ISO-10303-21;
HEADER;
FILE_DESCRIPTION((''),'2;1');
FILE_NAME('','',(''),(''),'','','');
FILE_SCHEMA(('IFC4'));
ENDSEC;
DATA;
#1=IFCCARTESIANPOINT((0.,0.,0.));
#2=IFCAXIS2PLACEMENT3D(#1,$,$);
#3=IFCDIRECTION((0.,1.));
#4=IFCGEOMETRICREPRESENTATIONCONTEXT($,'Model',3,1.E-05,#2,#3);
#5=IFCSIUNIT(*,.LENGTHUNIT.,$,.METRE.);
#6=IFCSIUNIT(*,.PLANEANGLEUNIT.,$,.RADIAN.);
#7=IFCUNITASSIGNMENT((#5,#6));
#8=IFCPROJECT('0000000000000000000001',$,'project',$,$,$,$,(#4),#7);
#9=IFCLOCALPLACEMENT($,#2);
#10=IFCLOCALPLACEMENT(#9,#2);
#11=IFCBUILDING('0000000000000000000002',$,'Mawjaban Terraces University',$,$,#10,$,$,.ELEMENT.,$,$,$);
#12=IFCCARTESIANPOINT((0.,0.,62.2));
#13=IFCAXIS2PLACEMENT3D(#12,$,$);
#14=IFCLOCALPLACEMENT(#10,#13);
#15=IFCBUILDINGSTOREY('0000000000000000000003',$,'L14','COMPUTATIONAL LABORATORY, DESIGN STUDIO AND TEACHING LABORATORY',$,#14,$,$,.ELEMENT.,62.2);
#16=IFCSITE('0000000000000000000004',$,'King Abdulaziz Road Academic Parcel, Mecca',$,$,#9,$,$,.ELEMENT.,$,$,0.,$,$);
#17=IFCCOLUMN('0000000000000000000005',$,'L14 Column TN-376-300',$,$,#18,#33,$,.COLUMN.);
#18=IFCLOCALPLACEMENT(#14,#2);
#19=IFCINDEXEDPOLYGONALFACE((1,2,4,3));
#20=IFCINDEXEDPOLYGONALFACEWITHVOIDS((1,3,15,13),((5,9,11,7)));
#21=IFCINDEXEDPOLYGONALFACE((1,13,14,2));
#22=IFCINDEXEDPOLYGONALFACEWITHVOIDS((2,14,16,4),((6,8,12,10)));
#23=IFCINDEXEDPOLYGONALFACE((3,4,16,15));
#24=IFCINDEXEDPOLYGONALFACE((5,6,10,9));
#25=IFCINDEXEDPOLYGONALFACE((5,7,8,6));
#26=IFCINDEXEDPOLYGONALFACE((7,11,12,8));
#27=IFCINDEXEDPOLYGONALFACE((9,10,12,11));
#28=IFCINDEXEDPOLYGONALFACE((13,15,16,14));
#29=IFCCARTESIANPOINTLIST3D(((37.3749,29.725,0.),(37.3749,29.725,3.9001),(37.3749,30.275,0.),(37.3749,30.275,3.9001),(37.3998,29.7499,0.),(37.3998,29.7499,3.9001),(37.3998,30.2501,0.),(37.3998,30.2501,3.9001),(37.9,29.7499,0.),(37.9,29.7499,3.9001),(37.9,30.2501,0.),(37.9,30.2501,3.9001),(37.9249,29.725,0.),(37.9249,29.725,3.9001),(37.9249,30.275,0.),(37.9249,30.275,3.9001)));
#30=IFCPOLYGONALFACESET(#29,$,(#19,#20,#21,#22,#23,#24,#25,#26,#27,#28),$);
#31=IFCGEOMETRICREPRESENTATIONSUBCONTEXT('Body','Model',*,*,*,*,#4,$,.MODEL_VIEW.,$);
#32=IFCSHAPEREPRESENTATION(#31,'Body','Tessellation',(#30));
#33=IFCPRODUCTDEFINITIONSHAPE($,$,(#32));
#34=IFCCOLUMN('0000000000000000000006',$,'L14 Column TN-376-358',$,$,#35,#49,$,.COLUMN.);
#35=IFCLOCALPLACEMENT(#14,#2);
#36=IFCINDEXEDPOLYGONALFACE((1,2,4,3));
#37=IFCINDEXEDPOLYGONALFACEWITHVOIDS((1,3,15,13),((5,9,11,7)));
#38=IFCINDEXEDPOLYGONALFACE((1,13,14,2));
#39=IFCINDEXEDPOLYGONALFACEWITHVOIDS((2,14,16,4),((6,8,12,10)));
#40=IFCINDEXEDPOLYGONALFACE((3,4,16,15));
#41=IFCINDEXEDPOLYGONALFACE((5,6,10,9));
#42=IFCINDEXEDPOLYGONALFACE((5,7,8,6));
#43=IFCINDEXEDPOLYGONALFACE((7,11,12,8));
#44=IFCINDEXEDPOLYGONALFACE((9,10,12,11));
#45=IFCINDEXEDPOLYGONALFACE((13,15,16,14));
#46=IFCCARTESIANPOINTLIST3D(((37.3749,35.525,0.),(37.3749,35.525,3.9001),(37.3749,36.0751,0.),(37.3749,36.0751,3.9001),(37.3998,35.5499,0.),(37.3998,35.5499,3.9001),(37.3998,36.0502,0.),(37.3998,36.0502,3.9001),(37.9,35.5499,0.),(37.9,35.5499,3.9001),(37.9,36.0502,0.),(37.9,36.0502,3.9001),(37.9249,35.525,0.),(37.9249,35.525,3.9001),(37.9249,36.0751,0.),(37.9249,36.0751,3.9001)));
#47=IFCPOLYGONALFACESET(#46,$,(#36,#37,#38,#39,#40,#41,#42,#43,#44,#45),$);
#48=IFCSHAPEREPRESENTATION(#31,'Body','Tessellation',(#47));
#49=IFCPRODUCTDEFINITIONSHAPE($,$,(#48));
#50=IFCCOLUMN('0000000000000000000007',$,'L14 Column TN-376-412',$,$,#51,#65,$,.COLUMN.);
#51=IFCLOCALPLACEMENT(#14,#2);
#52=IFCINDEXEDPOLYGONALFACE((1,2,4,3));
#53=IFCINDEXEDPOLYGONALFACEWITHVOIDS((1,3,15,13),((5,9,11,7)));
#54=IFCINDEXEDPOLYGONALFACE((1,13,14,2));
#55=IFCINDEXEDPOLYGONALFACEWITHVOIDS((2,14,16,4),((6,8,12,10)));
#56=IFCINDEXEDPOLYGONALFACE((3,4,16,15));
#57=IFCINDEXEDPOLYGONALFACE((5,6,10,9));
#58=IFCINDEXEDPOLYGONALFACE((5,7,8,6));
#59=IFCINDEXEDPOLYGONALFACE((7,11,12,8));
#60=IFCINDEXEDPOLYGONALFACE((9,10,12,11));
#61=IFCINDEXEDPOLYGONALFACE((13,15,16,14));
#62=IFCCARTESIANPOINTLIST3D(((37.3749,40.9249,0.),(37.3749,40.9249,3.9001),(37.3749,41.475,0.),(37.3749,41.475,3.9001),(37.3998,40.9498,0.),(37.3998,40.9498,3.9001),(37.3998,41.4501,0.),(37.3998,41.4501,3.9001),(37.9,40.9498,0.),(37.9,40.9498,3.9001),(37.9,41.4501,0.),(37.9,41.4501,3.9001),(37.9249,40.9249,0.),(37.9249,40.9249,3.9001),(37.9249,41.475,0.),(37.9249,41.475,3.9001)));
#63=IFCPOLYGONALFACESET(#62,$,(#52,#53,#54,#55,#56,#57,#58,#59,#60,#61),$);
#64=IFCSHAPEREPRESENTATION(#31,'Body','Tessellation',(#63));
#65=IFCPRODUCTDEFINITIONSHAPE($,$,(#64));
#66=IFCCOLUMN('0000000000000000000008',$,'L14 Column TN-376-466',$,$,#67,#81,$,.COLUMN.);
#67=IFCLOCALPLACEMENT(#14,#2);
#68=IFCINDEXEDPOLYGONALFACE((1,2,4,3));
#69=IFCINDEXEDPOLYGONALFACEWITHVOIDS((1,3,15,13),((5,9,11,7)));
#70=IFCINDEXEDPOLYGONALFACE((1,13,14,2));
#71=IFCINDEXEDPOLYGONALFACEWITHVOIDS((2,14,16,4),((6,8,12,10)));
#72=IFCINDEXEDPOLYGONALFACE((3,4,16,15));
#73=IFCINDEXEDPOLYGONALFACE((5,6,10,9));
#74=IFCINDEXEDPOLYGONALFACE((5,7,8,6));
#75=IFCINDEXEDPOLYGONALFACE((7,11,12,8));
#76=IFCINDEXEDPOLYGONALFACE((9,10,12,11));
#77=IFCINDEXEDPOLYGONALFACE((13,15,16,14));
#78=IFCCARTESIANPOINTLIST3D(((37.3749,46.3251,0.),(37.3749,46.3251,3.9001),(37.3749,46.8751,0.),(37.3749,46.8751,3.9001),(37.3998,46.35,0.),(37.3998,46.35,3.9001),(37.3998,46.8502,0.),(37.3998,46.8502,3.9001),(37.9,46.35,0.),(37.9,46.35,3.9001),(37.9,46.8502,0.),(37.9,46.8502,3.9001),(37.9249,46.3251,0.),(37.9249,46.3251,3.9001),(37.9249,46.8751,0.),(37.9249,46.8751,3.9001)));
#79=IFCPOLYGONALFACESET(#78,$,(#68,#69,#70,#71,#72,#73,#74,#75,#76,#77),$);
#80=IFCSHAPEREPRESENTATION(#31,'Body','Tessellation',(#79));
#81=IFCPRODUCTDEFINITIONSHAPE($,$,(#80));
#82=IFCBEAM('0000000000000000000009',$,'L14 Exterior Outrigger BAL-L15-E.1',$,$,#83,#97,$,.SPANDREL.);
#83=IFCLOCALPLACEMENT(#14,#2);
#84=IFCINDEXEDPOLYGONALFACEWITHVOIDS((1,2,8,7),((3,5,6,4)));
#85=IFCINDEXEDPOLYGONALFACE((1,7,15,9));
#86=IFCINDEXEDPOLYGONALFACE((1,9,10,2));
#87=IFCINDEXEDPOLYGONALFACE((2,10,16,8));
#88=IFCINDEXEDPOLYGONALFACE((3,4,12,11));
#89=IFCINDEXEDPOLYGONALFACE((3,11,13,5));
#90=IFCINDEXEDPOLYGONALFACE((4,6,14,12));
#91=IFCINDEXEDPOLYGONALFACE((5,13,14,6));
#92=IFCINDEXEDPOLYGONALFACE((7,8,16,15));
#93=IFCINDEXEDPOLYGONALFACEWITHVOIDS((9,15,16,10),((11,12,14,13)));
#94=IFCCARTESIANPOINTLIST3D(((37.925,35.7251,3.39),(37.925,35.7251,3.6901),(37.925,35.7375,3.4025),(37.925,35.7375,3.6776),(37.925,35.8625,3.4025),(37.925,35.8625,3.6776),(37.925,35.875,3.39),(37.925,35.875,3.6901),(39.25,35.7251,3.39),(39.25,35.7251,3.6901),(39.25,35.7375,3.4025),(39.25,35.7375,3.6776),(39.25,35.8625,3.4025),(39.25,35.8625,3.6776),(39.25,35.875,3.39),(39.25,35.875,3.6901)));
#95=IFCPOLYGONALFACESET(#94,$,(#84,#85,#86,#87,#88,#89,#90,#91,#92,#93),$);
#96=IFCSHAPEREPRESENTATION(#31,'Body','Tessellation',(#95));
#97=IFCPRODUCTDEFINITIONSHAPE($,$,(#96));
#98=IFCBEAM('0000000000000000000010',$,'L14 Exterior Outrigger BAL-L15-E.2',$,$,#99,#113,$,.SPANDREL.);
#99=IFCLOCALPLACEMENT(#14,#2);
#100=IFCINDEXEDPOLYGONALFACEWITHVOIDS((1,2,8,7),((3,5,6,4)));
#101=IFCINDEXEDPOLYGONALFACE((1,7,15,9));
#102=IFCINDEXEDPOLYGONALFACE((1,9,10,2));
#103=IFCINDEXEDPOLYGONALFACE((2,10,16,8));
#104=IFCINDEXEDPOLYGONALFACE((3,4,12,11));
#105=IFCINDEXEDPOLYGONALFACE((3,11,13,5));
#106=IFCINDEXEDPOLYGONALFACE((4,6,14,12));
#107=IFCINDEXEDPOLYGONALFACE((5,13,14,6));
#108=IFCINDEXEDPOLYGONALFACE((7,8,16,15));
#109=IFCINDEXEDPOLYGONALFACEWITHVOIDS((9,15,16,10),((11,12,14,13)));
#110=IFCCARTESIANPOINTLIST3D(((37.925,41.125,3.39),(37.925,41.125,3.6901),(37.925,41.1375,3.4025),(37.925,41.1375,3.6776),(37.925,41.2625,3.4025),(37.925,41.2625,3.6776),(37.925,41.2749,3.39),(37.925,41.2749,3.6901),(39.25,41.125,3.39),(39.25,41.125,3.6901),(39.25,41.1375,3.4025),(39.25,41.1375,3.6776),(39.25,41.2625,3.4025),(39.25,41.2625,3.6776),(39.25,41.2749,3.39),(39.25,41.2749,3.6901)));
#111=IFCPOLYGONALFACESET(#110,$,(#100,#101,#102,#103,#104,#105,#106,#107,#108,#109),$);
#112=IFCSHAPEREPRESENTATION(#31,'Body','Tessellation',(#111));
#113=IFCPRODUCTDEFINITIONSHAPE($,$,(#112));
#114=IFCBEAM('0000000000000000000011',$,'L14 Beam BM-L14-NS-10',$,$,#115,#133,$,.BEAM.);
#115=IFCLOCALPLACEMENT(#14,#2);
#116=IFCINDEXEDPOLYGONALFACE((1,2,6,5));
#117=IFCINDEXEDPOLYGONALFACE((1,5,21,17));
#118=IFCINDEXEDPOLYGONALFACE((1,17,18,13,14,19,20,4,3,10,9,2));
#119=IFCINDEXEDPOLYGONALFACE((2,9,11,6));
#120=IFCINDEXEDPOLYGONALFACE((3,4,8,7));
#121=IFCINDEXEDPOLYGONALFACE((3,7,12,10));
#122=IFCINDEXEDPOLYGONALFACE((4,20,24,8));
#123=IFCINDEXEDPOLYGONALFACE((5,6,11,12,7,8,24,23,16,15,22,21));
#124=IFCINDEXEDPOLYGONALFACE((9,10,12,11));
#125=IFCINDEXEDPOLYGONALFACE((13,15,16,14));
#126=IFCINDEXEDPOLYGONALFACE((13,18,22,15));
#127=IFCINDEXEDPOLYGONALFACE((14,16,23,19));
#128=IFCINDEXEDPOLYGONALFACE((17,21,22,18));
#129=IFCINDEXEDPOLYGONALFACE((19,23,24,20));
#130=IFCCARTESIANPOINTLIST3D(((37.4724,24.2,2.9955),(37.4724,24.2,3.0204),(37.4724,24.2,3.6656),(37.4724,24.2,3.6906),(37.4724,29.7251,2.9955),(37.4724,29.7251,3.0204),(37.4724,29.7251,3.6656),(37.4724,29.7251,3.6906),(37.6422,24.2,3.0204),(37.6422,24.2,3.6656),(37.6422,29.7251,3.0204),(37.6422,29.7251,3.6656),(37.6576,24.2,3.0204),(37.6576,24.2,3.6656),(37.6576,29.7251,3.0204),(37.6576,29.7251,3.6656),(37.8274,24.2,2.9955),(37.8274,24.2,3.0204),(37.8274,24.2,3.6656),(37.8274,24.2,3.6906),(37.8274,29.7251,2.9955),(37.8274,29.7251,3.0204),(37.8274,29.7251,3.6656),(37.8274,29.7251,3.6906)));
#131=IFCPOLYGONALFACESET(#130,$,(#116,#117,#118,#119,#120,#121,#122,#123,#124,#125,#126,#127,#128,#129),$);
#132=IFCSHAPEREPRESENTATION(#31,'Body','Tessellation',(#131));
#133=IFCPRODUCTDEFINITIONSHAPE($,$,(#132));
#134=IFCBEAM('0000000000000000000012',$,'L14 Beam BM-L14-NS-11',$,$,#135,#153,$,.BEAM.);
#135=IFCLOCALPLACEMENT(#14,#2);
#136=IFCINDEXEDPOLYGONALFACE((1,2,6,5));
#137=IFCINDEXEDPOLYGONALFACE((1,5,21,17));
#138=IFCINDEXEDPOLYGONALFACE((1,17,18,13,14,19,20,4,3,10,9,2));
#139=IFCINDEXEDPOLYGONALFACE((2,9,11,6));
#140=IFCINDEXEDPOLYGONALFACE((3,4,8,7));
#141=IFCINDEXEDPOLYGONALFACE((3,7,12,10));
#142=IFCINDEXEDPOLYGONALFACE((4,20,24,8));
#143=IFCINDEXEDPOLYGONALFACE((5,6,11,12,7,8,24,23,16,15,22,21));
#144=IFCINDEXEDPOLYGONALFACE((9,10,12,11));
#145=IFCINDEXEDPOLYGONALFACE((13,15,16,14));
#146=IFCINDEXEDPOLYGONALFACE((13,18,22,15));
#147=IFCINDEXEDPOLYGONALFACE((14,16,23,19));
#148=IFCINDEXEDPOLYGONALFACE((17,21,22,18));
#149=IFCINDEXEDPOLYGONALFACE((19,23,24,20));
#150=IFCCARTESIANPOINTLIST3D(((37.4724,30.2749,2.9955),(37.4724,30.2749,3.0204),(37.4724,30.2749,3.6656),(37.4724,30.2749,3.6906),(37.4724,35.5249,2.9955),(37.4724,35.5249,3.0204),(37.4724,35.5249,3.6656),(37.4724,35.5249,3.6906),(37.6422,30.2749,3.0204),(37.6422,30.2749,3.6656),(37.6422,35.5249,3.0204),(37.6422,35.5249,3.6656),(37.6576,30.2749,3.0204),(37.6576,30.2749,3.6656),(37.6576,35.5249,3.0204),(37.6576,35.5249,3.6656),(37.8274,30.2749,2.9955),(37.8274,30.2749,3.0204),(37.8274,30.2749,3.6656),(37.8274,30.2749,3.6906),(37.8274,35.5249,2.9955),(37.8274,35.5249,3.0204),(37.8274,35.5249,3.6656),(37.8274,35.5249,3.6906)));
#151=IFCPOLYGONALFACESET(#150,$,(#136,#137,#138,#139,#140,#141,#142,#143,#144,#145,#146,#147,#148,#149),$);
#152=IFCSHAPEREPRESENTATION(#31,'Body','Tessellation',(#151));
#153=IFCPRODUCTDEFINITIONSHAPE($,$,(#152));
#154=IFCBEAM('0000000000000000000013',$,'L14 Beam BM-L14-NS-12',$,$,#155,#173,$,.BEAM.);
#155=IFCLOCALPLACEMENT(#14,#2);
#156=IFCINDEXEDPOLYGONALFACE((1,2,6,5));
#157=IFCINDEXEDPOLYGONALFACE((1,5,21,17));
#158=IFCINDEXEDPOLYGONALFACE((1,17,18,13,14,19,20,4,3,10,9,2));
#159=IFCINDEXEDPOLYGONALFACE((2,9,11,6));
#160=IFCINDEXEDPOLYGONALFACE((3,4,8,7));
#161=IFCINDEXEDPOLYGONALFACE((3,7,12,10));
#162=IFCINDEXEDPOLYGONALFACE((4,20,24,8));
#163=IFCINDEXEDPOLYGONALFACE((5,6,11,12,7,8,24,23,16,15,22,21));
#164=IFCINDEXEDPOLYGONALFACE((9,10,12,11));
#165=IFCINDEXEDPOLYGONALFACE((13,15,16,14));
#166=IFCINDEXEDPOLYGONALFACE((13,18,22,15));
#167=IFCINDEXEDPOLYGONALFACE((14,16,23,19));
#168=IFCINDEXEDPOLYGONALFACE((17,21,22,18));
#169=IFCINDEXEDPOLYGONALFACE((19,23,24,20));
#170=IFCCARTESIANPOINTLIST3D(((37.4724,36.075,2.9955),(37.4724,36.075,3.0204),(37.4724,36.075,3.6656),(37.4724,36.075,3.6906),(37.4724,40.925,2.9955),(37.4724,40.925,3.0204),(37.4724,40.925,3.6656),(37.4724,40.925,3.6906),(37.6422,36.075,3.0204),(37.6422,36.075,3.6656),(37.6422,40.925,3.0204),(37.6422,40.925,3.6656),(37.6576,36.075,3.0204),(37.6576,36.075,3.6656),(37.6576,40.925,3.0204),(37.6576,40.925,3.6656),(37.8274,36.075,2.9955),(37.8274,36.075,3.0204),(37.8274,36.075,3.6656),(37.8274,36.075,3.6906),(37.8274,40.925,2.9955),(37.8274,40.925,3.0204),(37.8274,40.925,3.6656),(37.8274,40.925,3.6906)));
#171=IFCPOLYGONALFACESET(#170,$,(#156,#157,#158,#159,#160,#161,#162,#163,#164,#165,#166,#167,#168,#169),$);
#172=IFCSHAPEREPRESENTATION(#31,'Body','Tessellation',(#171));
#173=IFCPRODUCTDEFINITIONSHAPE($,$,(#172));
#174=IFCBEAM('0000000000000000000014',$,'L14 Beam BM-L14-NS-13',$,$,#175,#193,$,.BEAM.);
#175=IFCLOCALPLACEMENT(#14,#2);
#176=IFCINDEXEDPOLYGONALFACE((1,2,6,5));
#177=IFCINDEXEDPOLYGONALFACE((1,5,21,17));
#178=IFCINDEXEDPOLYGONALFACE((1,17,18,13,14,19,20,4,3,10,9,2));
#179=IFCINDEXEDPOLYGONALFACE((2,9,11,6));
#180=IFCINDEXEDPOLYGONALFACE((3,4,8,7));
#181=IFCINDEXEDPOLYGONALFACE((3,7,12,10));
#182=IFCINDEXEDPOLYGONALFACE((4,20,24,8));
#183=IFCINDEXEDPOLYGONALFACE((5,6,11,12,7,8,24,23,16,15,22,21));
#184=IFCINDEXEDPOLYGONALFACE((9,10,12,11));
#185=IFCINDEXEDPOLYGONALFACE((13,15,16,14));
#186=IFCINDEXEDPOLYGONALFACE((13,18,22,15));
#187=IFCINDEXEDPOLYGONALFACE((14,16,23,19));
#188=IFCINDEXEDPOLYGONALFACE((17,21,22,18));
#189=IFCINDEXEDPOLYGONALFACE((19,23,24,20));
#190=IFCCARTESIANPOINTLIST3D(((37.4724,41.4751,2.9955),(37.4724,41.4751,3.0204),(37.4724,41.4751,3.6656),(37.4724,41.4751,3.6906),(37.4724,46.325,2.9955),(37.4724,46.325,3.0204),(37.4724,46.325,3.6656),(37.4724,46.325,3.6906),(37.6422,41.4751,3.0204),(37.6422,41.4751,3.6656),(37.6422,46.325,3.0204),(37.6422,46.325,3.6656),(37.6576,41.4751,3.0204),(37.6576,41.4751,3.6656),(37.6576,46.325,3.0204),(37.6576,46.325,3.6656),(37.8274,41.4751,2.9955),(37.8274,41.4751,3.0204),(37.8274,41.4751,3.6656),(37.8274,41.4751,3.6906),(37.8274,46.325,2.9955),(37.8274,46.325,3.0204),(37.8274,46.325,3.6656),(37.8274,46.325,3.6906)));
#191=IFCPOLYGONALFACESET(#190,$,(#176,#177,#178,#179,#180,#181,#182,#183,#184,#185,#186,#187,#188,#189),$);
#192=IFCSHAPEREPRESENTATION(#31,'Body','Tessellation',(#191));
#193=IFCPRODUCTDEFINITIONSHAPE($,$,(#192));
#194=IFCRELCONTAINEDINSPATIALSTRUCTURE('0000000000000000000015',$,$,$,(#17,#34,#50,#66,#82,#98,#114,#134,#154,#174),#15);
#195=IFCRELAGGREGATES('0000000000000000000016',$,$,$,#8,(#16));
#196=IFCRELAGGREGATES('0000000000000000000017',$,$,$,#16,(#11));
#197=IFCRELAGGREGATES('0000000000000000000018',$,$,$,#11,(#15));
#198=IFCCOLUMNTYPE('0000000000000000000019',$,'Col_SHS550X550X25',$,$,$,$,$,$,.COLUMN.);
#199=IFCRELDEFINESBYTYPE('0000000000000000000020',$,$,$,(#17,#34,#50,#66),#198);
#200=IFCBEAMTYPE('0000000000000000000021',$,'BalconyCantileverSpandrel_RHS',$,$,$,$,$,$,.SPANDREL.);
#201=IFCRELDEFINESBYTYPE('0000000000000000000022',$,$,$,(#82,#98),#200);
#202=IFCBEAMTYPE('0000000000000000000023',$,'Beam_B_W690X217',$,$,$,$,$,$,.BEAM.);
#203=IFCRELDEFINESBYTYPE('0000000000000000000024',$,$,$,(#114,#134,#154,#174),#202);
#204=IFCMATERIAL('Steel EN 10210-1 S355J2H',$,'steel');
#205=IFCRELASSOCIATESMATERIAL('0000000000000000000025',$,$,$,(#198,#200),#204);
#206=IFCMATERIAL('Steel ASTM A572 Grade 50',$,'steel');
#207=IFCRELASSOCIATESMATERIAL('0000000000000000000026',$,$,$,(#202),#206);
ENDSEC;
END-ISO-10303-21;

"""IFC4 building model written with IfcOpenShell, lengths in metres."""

from ifc_helpers import new_model, si_unit, direction, frame, origin, origin_2d, place, context, subcontext, project, spatial, hollow_rectangle, i_section, extrude, material, material_profile, profile_set, type_object, element, save


model = new_model("IFC4")

# Units and contexts
model_context = context("Model", 3, precision=1e-05, world=origin(), true_north=direction((0.0, 1.0)))
body_context = subcontext(model_context, "Body", "Model", "MODEL_VIEW")
ifc_project = project(units=[si_unit("LENGTHUNIT", "METRE"), si_unit("PLANEANGLEUNIT", "RADIAN")], contexts=[model_context])

# Site, building, storey
site_placement = place(None, origin())
site = spatial("IfcSite", under=ifc_project, at=site_placement, Name="King Abdulaziz Road Academic Parcel, Mecca", CompositionType="ELEMENT", RefElevation=0.0)
building_placement = place(site_placement, origin())
building = spatial("IfcBuilding", under=site, at=building_placement, Name="Mawjaban Terraces University", CompositionType="ELEMENT")
storey_placement = place(building_placement, frame((0.0, 0.0, 62.2)))
storey = spatial("IfcBuildingStorey", under=building, at=storey_placement, Name="L14", Description="COMPUTATIONAL LABORATORY, DESIGN STUDIO AND TEACHING LABORATORY", CompositionType="ELEMENT", Elevation=62.2)

# Columns
ifc_material_1 = material(Name="Steel EN 10210-1 S355J2H", Category="steel")
ifc_material_profile_1 = material_profile(ifc_material_1, hollow_rectangle(XDim=0.55, YDim=0.55, WallThickness=0.0249, at=origin_2d()), Name="SHS550X550X25")
ifc_profile_set_1 = profile_set([ifc_material_profile_1], Name="Steel EN 10210-1 S355J2H")
column_type = type_object("IfcColumnType", Name="Col_SHS550X550X25", PredefinedType="COLUMN", material=ifc_profile_set_1)
for number, where, z_axis, x_axis, name in (
    (1, (37.6499, 30.0, 0.0), (0.0, 0.0, 1.0), (1.0, 0.0, 0.0), "L14 Column TN-376-300"),
    (2, (37.6499, 35.8, 0.0), (0.0, 0.0, 1.0), (1.0, 0.0, 0.0), "L14 Column TN-376-358"),
    (3, (37.6499, 41.2, 0.0), (0.0, 0.0, 1.0), (1.0, 0.0, 0.0), "L14 Column TN-376-412"),
    (4, (37.6499, 46.6001, 0.0), (0.0, 0.0, 1.0), (1.0, 0.0, 0.0), "L14 Column TN-376-466"),
):
    element("IfcColumn", number, at=place(storey_placement, frame(where, z_axis=z_axis, x_axis=x_axis)), inside=storey, type_object=column_type, Name=name, PredefinedType="COLUMN", context=body_context, shape_type="SweptSolid", body=[
        extrude(hollow_rectangle(XDim=0.55, YDim=0.55, WallThickness=0.0249, at=origin_2d()), origin(), (0.0, 0.0, 1.0), 3.9001),
    ])

# Beams
ifc_material_profile_2 = material_profile(ifc_material_1, hollow_rectangle(XDim=0.1499, YDim=0.3, WallThickness=0.0125, at=origin_2d()), Name="RHS300X150X12.5")
ifc_profile_set_2 = profile_set([ifc_material_profile_2], Name="Steel EN 10210-1 S355J2H")
beam_type_1 = type_object("IfcBeamType", Name="BalconyCantileverSpandrel_RHS", PredefinedType="SPANDREL", material=ifc_profile_set_2)
for number, where, z_axis, x_axis, name in (
    (5, (37.925, 35.8, 3.54), (1.0, 0.0, 0.0), (0.0, 1.0, 0.0), "L14 Exterior Outrigger BAL-L15-E.1"),
    (6, (37.925, 41.2, 3.54), (1.0, 0.0, 0.0), (0.0, 1.0, 0.0), "L14 Exterior Outrigger BAL-L15-E.2"),
):
    element("IfcBeam", number, at=place(storey_placement, frame(where, z_axis=z_axis, x_axis=x_axis)), inside=storey, type_object=beam_type_1, Name=name, PredefinedType="SPANDREL", context=body_context, shape_type="SweptSolid", body=[
        extrude(hollow_rectangle(XDim=0.1499, YDim=0.3, WallThickness=0.0125, at=origin_2d()), origin(), (0.0, 0.0, 1.0), 1.325),
    ])
ifc_material_2 = material(Name="Steel ASTM A572 Grade 50", Category="steel")
ifc_material_profile_3 = material_profile(ifc_material_2, i_section(OverallWidth=0.355, OverallDepth=0.6951, WebThickness=0.0154, FlangeThickness=0.0249, at=origin_2d()), Name="W690X217")
ifc_profile_set_3 = profile_set([ifc_material_profile_3], Name="Steel ASTM A572 Grade 50")
beam_type_2 = type_object("IfcBeamType", Name="Beam_B_W690X217", PredefinedType="BEAM", material=ifc_profile_set_3)
beam_1_placement = place(storey_placement, frame((37.6499, 24.2, 3.343), z_axis=(0.0, 1.0, 0.0), x_axis=(-1.0, 0.0, 0.0)))
element("IfcBeam", 7, at=beam_1_placement, inside=storey, type_object=beam_type_2, Name="L14 Beam BM-L14-NS-10", PredefinedType="BEAM", context=body_context, shape_type="SweptSolid", body=[
    extrude(i_section(OverallWidth=0.355, OverallDepth=0.6951, WebThickness=0.0154, FlangeThickness=0.0249, at=origin_2d()), origin(), (0.0, 0.0, 1.0), 5.5251),
])
beam_2_placement = place(storey_placement, frame((37.6499, 30.2749, 3.343), z_axis=(0.0, 1.0, 0.0), x_axis=(-1.0, 0.0, 0.0)))
element("IfcBeam", 8, at=beam_2_placement, inside=storey, type_object=beam_type_2, Name="L14 Beam BM-L14-NS-11", PredefinedType="BEAM", context=body_context, shape_type="SweptSolid", body=[
    extrude(i_section(OverallWidth=0.355, OverallDepth=0.6951, WebThickness=0.0154, FlangeThickness=0.0249, at=origin_2d()), origin(), (0.0, 0.0, 1.0), 5.25),
])
beam_3_placement = place(storey_placement, frame((37.6499, 36.075, 3.343), z_axis=(0.0, 1.0, 0.0), x_axis=(-1.0, 0.0, 0.0)))
element("IfcBeam", 9, at=beam_3_placement, inside=storey, type_object=beam_type_2, Name="L14 Beam BM-L14-NS-12", PredefinedType="BEAM", context=body_context, shape_type="SweptSolid", body=[
    extrude(i_section(OverallWidth=0.355, OverallDepth=0.6951, WebThickness=0.0154, FlangeThickness=0.0249, at=origin_2d()), origin(), (0.0, 0.0, 1.0), 4.8501),
])
beam_4_placement = place(storey_placement, frame((37.6499, 41.4751, 3.343), z_axis=(0.0, 1.0, 0.0), x_axis=(-1.0, 0.0, 0.0)))
element("IfcBeam", 10, at=beam_4_placement, inside=storey, type_object=beam_type_2, Name="L14 Beam BM-L14-NS-13", PredefinedType="BEAM", context=body_context, shape_type="SweptSolid", body=[
    extrude(i_section(OverallWidth=0.355, OverallDepth=0.6951, WebThickness=0.0154, FlangeThickness=0.0249, at=origin_2d()), origin(), (0.0, 0.0, 1.0), 4.8499),
])

save(model, "model.ifc")
